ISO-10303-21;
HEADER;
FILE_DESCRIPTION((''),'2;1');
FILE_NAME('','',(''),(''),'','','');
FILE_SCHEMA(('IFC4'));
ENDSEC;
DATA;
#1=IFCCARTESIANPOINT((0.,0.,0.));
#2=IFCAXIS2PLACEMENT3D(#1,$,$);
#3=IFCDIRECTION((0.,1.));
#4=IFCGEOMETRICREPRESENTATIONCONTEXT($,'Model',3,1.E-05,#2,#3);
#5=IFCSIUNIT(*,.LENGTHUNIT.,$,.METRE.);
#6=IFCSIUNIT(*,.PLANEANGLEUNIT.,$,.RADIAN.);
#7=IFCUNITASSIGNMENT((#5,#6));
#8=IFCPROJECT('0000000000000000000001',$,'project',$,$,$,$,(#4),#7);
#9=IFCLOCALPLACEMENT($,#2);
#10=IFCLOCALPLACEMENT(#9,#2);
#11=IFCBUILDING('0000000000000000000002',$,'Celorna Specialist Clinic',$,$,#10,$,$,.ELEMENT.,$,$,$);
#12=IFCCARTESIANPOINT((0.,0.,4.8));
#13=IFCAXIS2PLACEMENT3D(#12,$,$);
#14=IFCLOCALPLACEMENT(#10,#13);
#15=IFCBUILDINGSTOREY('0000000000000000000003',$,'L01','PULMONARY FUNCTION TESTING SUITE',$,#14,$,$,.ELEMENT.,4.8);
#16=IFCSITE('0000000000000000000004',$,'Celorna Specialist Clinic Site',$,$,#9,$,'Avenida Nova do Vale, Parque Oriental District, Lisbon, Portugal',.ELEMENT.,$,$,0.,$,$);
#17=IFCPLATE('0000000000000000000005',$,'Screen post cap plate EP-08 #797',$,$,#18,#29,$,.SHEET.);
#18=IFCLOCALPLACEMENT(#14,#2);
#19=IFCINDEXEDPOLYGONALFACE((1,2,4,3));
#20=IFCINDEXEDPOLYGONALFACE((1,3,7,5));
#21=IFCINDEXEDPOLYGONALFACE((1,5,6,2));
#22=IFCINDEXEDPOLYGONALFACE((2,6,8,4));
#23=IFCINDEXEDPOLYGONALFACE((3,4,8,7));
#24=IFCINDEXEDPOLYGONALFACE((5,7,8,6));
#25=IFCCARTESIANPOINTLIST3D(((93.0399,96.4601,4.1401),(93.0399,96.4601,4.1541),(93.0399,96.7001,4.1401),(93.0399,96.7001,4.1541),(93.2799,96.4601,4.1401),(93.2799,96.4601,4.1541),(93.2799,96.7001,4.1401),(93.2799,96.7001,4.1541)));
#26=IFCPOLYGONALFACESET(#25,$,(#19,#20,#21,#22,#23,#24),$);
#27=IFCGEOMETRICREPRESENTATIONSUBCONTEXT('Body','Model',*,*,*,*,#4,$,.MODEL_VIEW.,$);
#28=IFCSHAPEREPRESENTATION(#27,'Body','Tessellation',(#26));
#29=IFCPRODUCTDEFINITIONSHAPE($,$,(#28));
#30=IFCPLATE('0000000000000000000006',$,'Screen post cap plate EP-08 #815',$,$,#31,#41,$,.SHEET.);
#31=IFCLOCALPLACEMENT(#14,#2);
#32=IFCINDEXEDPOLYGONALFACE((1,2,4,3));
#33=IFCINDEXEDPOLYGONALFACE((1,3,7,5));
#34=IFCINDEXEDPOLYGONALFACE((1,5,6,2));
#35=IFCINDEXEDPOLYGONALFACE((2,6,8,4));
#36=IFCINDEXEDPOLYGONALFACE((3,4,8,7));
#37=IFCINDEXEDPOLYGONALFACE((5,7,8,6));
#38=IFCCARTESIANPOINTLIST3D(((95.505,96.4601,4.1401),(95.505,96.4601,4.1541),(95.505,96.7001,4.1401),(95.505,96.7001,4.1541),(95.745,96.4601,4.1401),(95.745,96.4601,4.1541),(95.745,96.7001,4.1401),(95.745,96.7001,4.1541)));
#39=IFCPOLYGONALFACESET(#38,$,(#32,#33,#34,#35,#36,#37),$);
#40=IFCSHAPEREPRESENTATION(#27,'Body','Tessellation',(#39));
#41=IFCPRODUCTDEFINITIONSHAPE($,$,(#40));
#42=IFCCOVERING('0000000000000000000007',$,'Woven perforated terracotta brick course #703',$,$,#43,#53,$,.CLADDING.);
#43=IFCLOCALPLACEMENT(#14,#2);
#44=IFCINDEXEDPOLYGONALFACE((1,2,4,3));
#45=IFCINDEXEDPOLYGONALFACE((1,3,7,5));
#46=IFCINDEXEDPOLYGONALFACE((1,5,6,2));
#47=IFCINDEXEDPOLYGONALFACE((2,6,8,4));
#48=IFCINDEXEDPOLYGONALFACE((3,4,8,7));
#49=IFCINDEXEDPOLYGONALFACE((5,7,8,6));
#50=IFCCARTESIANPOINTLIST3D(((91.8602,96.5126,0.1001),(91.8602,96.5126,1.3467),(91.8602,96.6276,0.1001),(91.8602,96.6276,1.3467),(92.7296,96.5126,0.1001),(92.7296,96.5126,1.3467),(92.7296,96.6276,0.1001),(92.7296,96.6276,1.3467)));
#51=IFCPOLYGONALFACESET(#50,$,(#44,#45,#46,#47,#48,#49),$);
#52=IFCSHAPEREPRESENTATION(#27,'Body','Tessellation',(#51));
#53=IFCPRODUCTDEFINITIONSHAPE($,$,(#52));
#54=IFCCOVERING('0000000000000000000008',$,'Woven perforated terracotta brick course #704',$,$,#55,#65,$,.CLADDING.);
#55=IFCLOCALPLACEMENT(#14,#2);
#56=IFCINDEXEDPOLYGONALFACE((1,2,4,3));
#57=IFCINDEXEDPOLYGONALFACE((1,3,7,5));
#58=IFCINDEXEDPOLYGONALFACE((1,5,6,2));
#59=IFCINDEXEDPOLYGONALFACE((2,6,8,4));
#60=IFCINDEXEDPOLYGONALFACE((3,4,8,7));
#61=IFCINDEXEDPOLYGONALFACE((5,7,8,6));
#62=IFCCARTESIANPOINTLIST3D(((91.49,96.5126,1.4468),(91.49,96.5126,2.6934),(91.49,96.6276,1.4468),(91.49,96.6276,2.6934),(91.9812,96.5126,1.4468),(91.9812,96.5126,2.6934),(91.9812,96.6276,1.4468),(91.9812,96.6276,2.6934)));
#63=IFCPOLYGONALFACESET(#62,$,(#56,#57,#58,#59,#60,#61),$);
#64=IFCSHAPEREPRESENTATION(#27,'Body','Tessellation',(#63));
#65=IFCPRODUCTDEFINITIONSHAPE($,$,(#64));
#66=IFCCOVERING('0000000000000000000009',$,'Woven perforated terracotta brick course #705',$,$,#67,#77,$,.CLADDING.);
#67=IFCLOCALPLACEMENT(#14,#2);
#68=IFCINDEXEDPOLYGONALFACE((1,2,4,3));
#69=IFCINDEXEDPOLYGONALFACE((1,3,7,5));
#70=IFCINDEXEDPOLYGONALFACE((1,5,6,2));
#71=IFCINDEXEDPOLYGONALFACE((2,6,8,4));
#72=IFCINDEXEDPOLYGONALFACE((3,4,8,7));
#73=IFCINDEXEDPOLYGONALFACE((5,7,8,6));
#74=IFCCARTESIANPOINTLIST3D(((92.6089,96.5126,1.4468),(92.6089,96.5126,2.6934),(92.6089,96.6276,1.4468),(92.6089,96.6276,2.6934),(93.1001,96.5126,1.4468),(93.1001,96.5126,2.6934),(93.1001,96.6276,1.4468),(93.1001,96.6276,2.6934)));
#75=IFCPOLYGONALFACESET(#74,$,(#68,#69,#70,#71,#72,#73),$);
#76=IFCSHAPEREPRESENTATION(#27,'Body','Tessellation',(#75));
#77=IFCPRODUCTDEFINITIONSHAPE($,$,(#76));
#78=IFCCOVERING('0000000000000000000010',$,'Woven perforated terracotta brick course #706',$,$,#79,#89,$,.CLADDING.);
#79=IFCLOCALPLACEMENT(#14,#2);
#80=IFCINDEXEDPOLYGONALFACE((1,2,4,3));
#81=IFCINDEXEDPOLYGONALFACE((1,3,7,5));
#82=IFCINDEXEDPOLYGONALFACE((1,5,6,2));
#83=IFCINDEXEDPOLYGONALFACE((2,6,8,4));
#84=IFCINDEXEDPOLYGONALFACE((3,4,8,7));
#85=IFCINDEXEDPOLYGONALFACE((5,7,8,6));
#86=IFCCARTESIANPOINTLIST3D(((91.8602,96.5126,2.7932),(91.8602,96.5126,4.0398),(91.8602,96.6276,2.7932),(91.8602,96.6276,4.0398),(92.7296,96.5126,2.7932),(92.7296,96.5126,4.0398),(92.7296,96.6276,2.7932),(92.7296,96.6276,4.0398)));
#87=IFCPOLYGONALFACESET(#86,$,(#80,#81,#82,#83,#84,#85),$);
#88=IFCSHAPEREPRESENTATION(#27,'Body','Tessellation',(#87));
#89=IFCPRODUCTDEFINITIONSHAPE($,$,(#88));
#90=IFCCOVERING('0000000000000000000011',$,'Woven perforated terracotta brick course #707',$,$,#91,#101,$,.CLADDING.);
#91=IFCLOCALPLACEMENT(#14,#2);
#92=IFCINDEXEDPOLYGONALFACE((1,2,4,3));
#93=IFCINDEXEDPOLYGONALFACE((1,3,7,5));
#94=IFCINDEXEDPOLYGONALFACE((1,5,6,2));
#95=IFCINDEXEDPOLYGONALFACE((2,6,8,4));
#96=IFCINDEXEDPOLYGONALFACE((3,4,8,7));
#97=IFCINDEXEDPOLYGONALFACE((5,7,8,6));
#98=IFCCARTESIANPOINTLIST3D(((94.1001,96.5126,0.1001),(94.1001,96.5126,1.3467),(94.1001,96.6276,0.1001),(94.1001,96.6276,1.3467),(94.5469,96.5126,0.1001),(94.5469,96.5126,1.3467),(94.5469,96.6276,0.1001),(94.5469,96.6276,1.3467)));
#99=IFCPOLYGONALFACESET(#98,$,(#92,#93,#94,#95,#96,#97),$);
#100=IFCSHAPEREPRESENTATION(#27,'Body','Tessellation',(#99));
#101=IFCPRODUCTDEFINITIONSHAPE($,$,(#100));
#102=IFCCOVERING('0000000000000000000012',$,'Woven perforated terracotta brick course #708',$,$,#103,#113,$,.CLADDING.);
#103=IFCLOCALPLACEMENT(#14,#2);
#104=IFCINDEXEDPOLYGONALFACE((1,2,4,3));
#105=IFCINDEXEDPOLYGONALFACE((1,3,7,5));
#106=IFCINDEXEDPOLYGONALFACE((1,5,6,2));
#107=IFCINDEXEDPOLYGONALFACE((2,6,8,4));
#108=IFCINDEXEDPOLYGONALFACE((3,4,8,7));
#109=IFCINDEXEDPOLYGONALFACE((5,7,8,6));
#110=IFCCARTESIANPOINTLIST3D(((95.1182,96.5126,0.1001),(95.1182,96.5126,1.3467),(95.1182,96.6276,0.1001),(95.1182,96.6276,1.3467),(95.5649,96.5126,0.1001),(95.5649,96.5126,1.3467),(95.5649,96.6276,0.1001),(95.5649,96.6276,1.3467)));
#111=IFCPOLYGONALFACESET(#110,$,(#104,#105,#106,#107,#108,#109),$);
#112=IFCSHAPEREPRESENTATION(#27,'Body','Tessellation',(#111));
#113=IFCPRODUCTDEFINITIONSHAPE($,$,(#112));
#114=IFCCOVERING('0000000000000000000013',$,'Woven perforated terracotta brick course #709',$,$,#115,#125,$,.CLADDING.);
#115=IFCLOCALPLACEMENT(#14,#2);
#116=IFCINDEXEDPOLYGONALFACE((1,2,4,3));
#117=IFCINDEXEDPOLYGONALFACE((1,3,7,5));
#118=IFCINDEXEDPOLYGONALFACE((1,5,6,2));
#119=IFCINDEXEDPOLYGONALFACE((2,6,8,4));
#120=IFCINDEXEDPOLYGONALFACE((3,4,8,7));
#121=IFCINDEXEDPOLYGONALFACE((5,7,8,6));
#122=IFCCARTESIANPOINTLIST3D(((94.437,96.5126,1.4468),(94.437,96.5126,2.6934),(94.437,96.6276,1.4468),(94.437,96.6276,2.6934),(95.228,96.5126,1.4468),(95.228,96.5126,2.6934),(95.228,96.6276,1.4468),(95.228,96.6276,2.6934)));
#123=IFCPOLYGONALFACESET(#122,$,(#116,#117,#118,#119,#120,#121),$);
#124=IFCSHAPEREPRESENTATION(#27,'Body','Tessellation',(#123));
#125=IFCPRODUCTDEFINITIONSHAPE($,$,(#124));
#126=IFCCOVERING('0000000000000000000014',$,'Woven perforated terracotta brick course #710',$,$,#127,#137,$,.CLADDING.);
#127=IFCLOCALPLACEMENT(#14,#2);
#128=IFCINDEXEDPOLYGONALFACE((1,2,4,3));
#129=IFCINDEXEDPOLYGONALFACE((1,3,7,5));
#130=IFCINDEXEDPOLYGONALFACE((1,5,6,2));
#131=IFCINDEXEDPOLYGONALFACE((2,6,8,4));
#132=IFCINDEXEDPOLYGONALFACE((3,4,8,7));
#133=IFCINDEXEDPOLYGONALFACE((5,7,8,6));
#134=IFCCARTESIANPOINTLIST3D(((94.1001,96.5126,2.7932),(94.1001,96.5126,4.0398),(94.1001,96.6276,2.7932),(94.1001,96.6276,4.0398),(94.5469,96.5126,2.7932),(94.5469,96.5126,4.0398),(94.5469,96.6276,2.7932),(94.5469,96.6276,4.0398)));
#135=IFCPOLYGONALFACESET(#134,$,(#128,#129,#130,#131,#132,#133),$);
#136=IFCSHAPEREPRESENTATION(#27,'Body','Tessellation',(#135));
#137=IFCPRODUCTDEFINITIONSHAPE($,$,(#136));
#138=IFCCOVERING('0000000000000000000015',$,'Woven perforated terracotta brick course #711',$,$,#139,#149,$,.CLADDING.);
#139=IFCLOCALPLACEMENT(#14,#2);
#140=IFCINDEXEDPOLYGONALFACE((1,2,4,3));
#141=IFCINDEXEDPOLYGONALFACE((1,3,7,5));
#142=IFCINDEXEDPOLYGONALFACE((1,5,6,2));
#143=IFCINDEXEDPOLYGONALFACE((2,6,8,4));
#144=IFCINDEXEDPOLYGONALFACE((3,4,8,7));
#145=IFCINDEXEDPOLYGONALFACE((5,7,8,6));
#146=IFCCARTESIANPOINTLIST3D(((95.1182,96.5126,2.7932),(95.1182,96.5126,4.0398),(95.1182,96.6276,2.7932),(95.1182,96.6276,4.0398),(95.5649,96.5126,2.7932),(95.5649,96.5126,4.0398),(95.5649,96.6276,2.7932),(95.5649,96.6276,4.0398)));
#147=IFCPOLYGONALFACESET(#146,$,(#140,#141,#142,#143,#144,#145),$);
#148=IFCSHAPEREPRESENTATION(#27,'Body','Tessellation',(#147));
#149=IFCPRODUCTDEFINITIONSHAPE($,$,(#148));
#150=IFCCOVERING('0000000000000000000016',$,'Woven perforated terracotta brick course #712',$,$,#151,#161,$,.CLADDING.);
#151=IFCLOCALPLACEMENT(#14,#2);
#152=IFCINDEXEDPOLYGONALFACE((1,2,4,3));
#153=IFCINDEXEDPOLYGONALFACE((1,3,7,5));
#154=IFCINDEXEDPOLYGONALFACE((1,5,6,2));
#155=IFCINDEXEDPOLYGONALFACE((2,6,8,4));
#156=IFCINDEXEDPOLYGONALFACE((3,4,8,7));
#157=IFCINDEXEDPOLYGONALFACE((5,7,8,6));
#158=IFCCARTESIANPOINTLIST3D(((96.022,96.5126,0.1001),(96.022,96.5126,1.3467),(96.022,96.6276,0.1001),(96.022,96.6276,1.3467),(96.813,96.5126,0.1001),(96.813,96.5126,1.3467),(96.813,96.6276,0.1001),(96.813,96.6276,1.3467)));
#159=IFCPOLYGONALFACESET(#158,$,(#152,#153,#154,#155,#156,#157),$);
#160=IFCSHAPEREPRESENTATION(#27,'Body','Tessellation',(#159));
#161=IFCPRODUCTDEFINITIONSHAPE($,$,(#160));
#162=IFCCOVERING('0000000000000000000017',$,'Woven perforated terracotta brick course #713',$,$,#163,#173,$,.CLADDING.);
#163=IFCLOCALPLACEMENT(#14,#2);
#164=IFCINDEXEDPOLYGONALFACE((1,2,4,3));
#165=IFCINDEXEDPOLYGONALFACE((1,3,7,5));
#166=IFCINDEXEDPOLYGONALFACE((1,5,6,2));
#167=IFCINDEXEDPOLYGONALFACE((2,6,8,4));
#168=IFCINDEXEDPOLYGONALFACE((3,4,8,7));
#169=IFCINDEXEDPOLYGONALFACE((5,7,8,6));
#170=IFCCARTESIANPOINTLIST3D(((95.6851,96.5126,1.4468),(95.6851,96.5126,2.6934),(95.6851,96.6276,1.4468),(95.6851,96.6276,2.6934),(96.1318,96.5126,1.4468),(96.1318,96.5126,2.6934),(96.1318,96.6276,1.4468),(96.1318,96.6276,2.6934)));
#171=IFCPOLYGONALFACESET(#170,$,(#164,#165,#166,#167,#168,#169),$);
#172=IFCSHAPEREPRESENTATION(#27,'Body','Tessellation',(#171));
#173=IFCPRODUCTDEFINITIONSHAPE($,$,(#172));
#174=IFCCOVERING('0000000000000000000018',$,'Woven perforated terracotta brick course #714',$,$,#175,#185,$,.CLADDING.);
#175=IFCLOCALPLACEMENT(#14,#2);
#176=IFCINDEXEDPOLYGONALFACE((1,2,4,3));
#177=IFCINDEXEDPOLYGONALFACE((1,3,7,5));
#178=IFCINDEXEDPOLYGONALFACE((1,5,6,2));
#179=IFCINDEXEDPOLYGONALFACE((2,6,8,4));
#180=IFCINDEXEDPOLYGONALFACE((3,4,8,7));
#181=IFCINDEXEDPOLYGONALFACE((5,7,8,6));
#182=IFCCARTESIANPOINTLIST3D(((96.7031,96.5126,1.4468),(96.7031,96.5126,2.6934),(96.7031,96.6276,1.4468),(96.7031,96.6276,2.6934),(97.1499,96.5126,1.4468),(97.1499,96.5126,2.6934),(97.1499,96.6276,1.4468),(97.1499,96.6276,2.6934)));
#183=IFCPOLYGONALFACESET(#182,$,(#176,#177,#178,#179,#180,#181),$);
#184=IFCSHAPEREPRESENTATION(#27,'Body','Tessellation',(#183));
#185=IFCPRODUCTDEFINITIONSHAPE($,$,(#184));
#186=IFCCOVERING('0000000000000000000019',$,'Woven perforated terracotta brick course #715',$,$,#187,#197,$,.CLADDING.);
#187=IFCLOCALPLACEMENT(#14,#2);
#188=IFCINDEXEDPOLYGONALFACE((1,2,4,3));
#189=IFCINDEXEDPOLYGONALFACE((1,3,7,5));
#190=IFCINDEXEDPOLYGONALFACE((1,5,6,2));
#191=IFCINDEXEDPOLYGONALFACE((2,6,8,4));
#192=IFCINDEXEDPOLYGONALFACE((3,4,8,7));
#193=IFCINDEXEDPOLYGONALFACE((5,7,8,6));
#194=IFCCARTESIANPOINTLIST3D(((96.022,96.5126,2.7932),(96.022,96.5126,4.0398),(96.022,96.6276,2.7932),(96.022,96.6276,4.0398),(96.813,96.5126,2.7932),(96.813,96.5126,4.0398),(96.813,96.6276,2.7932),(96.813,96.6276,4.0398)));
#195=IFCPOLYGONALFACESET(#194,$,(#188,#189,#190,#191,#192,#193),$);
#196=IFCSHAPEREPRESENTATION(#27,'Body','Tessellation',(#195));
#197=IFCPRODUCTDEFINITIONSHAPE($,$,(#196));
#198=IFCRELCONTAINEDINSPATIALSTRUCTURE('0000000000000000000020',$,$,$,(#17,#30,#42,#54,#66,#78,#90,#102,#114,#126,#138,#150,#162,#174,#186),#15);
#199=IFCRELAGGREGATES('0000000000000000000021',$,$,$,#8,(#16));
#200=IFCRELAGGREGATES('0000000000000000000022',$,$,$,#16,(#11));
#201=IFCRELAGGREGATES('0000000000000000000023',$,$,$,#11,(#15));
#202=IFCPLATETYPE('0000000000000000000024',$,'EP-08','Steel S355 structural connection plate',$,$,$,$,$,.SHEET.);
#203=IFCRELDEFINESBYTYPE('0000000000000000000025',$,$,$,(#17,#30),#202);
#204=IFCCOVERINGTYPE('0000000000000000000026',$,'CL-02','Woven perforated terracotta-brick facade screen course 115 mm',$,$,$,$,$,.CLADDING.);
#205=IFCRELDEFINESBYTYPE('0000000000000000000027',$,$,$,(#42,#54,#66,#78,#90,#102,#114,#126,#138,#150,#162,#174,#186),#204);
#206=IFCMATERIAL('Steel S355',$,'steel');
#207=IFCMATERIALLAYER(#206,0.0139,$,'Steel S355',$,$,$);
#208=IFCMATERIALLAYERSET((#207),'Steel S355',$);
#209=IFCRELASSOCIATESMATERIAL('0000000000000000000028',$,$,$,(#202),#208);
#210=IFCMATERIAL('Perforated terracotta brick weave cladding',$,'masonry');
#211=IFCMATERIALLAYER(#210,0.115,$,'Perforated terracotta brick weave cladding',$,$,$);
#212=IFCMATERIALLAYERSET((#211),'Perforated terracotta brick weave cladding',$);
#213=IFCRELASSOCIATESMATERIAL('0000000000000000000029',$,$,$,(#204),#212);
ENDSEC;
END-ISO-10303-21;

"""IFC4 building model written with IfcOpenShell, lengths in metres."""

from ifc_helpers import new_model, si_unit, direction, frame, origin, origin_2d, place, context, subcontext, project, spatial, rectangle, extrude, material, layer, layer_set, type_object, element, save


model = new_model("IFC4")

# Units and contexts
model_context = context("Model", 3, precision=1e-05, world=origin(), true_north=direction((0.0, 1.0)))
body_context = subcontext(model_context, "Body", "Model", "MODEL_VIEW")
ifc_project = project(units=[si_unit("LENGTHUNIT", "METRE"), si_unit("PLANEANGLEUNIT", "RADIAN")], contexts=[model_context])

# Site, building, storey
site_placement = place(None, origin())
site = spatial("IfcSite", under=ifc_project, at=site_placement, Name="Celorna Specialist Clinic Site", LongName="Avenida Nova do Vale, Parque Oriental District, Lisbon, Portugal", CompositionType="ELEMENT", RefElevation=0.0)
building_placement = place(site_placement, origin())
building = spatial("IfcBuilding", under=site, at=building_placement, Name="Celorna Specialist Clinic", CompositionType="ELEMENT")
storey_placement = place(building_placement, frame((0.0, 0.0, 4.8)))
storey = spatial("IfcBuildingStorey", under=building, at=storey_placement, Name="L01", Description="PULMONARY FUNCTION TESTING SUITE", CompositionType="ELEMENT", Elevation=4.8)

# Shared definitions
ifc_material_1 = material(Name="Steel S355", Category="steel")

# Plates
ifc_layer_1 = layer(ifc_material_1, 0.0139, Name="Steel S355")
ifc_layer_set_1 = layer_set([ifc_layer_1], Name="Steel S355")
plate_type_1 = type_object("IfcPlateType", Name="EP-08", Description="Steel S355 structural connection plate", PredefinedType="SHEET", material=ifc_layer_set_1)
for number, where, z_axis, x_axis, name in (
    (1, (93.1599, 96.5801, 4.1401), (0.0, 0.0, 1.0), (1.0, 0.0, 0.0), "Screen post cap plate EP-08 #797"),
    (2, (95.625, 96.5801, 4.1401), (0.0, 0.0, 1.0), (1.0, 0.0, 0.0), "Screen post cap plate EP-08 #815"),
):
    element("IfcPlate", number, at=place(storey_placement, frame(where, z_axis=z_axis, x_axis=x_axis)), inside=storey, type_object=plate_type_1, Name=name, PredefinedType="SHEET", context=body_context, shape_type="SweptSolid", body=[
        extrude(rectangle(XDim=0.24, YDim=0.24, at=origin_2d()), origin(), (0.0, 0.0, 1.0), 0.0139),
    ])

# Coverings
ifc_material_2 = material(Name="Perforated terracotta brick weave cladding", Category="masonry")
ifc_layer_2 = layer(ifc_material_2, 0.115, Name="Perforated terracotta brick weave cladding")
ifc_layer_set_2 = layer_set([ifc_layer_2], Name="Perforated terracotta brick weave cladding")
covering_type = type_object("IfcCoveringType", Name="CL-02", Description="Woven perforated terracotta-brick facade screen course 115 mm", PredefinedType="CLADDING", material=ifc_layer_set_2)
covering_1_placement = place(storey_placement, frame((92.2949, 96.5701, 0.1001), z_axis=(0.0, 0.0, 1.0), x_axis=(1.0, 0.0, 0.0)))
element("IfcCovering", 3, at=covering_1_placement, inside=storey, type_object=covering_type, Name="Woven perforated terracotta brick course #703", PredefinedType="CLADDING", context=body_context, shape_type="SweptSolid", body=[
    extrude(rectangle(XDim=0.8694, YDim=0.115, at=origin_2d()), origin(), (0.0, 0.0, 1.0), 1.2466),
])
for number, where, z_axis, x_axis, name in (
    (4, (91.7356, 96.5701, 1.4468), (0.0, 0.0, 1.0), (1.0, 0.0, 0.0), "Woven perforated terracotta brick course #704"),
    (5, (92.8545, 96.5701, 1.4468), (0.0, 0.0, 1.0), (1.0, 0.0, 0.0), "Woven perforated terracotta brick course #705"),
):
    element("IfcCovering", number, at=place(storey_placement, frame(where, z_axis=z_axis, x_axis=x_axis)), inside=storey, type_object=covering_type, Name=name, PredefinedType="CLADDING", context=body_context, shape_type="SweptSolid", body=[
        extrude(rectangle(XDim=0.4912, YDim=0.115, at=origin_2d()), origin(), (0.0, 0.0, 1.0), 1.2466),
    ])
covering_2_placement = place(storey_placement, frame((92.2949, 96.5701, 2.7932), z_axis=(0.0, 0.0, 1.0), x_axis=(1.0, 0.0, 0.0)))
element("IfcCovering", 6, at=covering_2_placement, inside=storey, type_object=covering_type, Name="Woven perforated terracotta brick course #706", PredefinedType="CLADDING", context=body_context, shape_type="SweptSolid", body=[
    extrude(rectangle(XDim=0.8694, YDim=0.115, at=origin_2d()), origin(), (0.0, 0.0, 1.0), 1.2466),
])
for number, where, z_axis, x_axis, name in (
    (7, (94.3235, 96.5701, 0.1001), (0.0, 0.0, 1.0), (1.0, 0.0, 0.0), "Woven perforated terracotta brick course #707"),
    (8, (95.3416, 96.5701, 0.1001), (0.0, 0.0, 1.0), (1.0, 0.0, 0.0), "Woven perforated terracotta brick course #708"),
):
    element("IfcCovering", number, at=place(storey_placement, frame(where, z_axis=z_axis, x_axis=x_axis)), inside=storey, type_object=covering_type, Name=name, PredefinedType="CLADDING", context=body_context, shape_type="SweptSolid", body=[
        extrude(rectangle(XDim=0.4468, YDim=0.115, at=origin_2d()), origin(), (0.0, 0.0, 1.0), 1.2466),
    ])
covering_3_placement = place(storey_placement, frame((94.8325, 96.5701, 1.4468), z_axis=(0.0, 0.0, 1.0), x_axis=(1.0, 0.0, 0.0)))
element("IfcCovering", 9, at=covering_3_placement, inside=storey, type_object=covering_type, Name="Woven perforated terracotta brick course #709", PredefinedType="CLADDING", context=body_context, shape_type="SweptSolid", body=[
    extrude(rectangle(XDim=0.791, YDim=0.115, at=origin_2d()), origin(), (0.0, 0.0, 1.0), 1.2466),
])
for number, where, z_axis, x_axis, name in (
    (10, (94.3235, 96.5701, 2.7932), (0.0, 0.0, 1.0), (1.0, 0.0, 0.0), "Woven perforated terracotta brick course #710"),
    (11, (95.3416, 96.5701, 2.7932), (0.0, 0.0, 1.0), (1.0, 0.0, 0.0), "Woven perforated terracotta brick course #711"),
):
    element("IfcCovering", number, at=place(storey_placement, frame(where, z_axis=z_axis, x_axis=x_axis)), inside=storey, type_object=covering_type, Name=name, PredefinedType="CLADDING", context=body_context, shape_type="SweptSolid", body=[
        extrude(rectangle(XDim=0.4468, YDim=0.115, at=origin_2d()), origin(), (0.0, 0.0, 1.0), 1.2466),
    ])
covering_4_placement = place(storey_placement, frame((96.4175, 96.5701, 0.1001), z_axis=(0.0, 0.0, 1.0), x_axis=(1.0, 0.0, 0.0)))
element("IfcCovering", 12, at=covering_4_placement, inside=storey, type_object=covering_type, Name="Woven perforated terracotta brick course #712", PredefinedType="CLADDING", context=body_context, shape_type="SweptSolid", body=[
    extrude(rectangle(XDim=0.791, YDim=0.115, at=origin_2d()), origin(), (0.0, 0.0, 1.0), 1.2466),
])
for number, where, z_axis, x_axis, name in (
    (13, (95.9084, 96.5701, 1.4468), (0.0, 0.0, 1.0), (1.0, 0.0, 0.0), "Woven perforated terracotta brick course #713"),
    (14, (96.9265, 96.5701, 1.4468), (0.0, 0.0, 1.0), (1.0, 0.0, 0.0), "Woven perforated terracotta brick course #714"),
):
    element("IfcCovering", number, at=place(storey_placement, frame(where, z_axis=z_axis, x_axis=x_axis)), inside=storey, type_object=covering_type, Name=name, PredefinedType="CLADDING", context=body_context, shape_type="SweptSolid", body=[
        extrude(rectangle(XDim=0.4468, YDim=0.115, at=origin_2d()), origin(), (0.0, 0.0, 1.0), 1.2466),
    ])
covering_5_placement = place(storey_placement, frame((96.4175, 96.5701, 2.7932), z_axis=(0.0, 0.0, 1.0), x_axis=(1.0, 0.0, 0.0)))
element("IfcCovering", 15, at=covering_5_placement, inside=storey, type_object=covering_type, Name="Woven perforated terracotta brick course #715", PredefinedType="CLADDING", context=body_context, shape_type="SweptSolid", body=[
    extrude(rectangle(XDim=0.791, YDim=0.115, at=origin_2d()), origin(), (0.0, 0.0, 1.0), 1.2466),
])

save(model, "model.ifc")
